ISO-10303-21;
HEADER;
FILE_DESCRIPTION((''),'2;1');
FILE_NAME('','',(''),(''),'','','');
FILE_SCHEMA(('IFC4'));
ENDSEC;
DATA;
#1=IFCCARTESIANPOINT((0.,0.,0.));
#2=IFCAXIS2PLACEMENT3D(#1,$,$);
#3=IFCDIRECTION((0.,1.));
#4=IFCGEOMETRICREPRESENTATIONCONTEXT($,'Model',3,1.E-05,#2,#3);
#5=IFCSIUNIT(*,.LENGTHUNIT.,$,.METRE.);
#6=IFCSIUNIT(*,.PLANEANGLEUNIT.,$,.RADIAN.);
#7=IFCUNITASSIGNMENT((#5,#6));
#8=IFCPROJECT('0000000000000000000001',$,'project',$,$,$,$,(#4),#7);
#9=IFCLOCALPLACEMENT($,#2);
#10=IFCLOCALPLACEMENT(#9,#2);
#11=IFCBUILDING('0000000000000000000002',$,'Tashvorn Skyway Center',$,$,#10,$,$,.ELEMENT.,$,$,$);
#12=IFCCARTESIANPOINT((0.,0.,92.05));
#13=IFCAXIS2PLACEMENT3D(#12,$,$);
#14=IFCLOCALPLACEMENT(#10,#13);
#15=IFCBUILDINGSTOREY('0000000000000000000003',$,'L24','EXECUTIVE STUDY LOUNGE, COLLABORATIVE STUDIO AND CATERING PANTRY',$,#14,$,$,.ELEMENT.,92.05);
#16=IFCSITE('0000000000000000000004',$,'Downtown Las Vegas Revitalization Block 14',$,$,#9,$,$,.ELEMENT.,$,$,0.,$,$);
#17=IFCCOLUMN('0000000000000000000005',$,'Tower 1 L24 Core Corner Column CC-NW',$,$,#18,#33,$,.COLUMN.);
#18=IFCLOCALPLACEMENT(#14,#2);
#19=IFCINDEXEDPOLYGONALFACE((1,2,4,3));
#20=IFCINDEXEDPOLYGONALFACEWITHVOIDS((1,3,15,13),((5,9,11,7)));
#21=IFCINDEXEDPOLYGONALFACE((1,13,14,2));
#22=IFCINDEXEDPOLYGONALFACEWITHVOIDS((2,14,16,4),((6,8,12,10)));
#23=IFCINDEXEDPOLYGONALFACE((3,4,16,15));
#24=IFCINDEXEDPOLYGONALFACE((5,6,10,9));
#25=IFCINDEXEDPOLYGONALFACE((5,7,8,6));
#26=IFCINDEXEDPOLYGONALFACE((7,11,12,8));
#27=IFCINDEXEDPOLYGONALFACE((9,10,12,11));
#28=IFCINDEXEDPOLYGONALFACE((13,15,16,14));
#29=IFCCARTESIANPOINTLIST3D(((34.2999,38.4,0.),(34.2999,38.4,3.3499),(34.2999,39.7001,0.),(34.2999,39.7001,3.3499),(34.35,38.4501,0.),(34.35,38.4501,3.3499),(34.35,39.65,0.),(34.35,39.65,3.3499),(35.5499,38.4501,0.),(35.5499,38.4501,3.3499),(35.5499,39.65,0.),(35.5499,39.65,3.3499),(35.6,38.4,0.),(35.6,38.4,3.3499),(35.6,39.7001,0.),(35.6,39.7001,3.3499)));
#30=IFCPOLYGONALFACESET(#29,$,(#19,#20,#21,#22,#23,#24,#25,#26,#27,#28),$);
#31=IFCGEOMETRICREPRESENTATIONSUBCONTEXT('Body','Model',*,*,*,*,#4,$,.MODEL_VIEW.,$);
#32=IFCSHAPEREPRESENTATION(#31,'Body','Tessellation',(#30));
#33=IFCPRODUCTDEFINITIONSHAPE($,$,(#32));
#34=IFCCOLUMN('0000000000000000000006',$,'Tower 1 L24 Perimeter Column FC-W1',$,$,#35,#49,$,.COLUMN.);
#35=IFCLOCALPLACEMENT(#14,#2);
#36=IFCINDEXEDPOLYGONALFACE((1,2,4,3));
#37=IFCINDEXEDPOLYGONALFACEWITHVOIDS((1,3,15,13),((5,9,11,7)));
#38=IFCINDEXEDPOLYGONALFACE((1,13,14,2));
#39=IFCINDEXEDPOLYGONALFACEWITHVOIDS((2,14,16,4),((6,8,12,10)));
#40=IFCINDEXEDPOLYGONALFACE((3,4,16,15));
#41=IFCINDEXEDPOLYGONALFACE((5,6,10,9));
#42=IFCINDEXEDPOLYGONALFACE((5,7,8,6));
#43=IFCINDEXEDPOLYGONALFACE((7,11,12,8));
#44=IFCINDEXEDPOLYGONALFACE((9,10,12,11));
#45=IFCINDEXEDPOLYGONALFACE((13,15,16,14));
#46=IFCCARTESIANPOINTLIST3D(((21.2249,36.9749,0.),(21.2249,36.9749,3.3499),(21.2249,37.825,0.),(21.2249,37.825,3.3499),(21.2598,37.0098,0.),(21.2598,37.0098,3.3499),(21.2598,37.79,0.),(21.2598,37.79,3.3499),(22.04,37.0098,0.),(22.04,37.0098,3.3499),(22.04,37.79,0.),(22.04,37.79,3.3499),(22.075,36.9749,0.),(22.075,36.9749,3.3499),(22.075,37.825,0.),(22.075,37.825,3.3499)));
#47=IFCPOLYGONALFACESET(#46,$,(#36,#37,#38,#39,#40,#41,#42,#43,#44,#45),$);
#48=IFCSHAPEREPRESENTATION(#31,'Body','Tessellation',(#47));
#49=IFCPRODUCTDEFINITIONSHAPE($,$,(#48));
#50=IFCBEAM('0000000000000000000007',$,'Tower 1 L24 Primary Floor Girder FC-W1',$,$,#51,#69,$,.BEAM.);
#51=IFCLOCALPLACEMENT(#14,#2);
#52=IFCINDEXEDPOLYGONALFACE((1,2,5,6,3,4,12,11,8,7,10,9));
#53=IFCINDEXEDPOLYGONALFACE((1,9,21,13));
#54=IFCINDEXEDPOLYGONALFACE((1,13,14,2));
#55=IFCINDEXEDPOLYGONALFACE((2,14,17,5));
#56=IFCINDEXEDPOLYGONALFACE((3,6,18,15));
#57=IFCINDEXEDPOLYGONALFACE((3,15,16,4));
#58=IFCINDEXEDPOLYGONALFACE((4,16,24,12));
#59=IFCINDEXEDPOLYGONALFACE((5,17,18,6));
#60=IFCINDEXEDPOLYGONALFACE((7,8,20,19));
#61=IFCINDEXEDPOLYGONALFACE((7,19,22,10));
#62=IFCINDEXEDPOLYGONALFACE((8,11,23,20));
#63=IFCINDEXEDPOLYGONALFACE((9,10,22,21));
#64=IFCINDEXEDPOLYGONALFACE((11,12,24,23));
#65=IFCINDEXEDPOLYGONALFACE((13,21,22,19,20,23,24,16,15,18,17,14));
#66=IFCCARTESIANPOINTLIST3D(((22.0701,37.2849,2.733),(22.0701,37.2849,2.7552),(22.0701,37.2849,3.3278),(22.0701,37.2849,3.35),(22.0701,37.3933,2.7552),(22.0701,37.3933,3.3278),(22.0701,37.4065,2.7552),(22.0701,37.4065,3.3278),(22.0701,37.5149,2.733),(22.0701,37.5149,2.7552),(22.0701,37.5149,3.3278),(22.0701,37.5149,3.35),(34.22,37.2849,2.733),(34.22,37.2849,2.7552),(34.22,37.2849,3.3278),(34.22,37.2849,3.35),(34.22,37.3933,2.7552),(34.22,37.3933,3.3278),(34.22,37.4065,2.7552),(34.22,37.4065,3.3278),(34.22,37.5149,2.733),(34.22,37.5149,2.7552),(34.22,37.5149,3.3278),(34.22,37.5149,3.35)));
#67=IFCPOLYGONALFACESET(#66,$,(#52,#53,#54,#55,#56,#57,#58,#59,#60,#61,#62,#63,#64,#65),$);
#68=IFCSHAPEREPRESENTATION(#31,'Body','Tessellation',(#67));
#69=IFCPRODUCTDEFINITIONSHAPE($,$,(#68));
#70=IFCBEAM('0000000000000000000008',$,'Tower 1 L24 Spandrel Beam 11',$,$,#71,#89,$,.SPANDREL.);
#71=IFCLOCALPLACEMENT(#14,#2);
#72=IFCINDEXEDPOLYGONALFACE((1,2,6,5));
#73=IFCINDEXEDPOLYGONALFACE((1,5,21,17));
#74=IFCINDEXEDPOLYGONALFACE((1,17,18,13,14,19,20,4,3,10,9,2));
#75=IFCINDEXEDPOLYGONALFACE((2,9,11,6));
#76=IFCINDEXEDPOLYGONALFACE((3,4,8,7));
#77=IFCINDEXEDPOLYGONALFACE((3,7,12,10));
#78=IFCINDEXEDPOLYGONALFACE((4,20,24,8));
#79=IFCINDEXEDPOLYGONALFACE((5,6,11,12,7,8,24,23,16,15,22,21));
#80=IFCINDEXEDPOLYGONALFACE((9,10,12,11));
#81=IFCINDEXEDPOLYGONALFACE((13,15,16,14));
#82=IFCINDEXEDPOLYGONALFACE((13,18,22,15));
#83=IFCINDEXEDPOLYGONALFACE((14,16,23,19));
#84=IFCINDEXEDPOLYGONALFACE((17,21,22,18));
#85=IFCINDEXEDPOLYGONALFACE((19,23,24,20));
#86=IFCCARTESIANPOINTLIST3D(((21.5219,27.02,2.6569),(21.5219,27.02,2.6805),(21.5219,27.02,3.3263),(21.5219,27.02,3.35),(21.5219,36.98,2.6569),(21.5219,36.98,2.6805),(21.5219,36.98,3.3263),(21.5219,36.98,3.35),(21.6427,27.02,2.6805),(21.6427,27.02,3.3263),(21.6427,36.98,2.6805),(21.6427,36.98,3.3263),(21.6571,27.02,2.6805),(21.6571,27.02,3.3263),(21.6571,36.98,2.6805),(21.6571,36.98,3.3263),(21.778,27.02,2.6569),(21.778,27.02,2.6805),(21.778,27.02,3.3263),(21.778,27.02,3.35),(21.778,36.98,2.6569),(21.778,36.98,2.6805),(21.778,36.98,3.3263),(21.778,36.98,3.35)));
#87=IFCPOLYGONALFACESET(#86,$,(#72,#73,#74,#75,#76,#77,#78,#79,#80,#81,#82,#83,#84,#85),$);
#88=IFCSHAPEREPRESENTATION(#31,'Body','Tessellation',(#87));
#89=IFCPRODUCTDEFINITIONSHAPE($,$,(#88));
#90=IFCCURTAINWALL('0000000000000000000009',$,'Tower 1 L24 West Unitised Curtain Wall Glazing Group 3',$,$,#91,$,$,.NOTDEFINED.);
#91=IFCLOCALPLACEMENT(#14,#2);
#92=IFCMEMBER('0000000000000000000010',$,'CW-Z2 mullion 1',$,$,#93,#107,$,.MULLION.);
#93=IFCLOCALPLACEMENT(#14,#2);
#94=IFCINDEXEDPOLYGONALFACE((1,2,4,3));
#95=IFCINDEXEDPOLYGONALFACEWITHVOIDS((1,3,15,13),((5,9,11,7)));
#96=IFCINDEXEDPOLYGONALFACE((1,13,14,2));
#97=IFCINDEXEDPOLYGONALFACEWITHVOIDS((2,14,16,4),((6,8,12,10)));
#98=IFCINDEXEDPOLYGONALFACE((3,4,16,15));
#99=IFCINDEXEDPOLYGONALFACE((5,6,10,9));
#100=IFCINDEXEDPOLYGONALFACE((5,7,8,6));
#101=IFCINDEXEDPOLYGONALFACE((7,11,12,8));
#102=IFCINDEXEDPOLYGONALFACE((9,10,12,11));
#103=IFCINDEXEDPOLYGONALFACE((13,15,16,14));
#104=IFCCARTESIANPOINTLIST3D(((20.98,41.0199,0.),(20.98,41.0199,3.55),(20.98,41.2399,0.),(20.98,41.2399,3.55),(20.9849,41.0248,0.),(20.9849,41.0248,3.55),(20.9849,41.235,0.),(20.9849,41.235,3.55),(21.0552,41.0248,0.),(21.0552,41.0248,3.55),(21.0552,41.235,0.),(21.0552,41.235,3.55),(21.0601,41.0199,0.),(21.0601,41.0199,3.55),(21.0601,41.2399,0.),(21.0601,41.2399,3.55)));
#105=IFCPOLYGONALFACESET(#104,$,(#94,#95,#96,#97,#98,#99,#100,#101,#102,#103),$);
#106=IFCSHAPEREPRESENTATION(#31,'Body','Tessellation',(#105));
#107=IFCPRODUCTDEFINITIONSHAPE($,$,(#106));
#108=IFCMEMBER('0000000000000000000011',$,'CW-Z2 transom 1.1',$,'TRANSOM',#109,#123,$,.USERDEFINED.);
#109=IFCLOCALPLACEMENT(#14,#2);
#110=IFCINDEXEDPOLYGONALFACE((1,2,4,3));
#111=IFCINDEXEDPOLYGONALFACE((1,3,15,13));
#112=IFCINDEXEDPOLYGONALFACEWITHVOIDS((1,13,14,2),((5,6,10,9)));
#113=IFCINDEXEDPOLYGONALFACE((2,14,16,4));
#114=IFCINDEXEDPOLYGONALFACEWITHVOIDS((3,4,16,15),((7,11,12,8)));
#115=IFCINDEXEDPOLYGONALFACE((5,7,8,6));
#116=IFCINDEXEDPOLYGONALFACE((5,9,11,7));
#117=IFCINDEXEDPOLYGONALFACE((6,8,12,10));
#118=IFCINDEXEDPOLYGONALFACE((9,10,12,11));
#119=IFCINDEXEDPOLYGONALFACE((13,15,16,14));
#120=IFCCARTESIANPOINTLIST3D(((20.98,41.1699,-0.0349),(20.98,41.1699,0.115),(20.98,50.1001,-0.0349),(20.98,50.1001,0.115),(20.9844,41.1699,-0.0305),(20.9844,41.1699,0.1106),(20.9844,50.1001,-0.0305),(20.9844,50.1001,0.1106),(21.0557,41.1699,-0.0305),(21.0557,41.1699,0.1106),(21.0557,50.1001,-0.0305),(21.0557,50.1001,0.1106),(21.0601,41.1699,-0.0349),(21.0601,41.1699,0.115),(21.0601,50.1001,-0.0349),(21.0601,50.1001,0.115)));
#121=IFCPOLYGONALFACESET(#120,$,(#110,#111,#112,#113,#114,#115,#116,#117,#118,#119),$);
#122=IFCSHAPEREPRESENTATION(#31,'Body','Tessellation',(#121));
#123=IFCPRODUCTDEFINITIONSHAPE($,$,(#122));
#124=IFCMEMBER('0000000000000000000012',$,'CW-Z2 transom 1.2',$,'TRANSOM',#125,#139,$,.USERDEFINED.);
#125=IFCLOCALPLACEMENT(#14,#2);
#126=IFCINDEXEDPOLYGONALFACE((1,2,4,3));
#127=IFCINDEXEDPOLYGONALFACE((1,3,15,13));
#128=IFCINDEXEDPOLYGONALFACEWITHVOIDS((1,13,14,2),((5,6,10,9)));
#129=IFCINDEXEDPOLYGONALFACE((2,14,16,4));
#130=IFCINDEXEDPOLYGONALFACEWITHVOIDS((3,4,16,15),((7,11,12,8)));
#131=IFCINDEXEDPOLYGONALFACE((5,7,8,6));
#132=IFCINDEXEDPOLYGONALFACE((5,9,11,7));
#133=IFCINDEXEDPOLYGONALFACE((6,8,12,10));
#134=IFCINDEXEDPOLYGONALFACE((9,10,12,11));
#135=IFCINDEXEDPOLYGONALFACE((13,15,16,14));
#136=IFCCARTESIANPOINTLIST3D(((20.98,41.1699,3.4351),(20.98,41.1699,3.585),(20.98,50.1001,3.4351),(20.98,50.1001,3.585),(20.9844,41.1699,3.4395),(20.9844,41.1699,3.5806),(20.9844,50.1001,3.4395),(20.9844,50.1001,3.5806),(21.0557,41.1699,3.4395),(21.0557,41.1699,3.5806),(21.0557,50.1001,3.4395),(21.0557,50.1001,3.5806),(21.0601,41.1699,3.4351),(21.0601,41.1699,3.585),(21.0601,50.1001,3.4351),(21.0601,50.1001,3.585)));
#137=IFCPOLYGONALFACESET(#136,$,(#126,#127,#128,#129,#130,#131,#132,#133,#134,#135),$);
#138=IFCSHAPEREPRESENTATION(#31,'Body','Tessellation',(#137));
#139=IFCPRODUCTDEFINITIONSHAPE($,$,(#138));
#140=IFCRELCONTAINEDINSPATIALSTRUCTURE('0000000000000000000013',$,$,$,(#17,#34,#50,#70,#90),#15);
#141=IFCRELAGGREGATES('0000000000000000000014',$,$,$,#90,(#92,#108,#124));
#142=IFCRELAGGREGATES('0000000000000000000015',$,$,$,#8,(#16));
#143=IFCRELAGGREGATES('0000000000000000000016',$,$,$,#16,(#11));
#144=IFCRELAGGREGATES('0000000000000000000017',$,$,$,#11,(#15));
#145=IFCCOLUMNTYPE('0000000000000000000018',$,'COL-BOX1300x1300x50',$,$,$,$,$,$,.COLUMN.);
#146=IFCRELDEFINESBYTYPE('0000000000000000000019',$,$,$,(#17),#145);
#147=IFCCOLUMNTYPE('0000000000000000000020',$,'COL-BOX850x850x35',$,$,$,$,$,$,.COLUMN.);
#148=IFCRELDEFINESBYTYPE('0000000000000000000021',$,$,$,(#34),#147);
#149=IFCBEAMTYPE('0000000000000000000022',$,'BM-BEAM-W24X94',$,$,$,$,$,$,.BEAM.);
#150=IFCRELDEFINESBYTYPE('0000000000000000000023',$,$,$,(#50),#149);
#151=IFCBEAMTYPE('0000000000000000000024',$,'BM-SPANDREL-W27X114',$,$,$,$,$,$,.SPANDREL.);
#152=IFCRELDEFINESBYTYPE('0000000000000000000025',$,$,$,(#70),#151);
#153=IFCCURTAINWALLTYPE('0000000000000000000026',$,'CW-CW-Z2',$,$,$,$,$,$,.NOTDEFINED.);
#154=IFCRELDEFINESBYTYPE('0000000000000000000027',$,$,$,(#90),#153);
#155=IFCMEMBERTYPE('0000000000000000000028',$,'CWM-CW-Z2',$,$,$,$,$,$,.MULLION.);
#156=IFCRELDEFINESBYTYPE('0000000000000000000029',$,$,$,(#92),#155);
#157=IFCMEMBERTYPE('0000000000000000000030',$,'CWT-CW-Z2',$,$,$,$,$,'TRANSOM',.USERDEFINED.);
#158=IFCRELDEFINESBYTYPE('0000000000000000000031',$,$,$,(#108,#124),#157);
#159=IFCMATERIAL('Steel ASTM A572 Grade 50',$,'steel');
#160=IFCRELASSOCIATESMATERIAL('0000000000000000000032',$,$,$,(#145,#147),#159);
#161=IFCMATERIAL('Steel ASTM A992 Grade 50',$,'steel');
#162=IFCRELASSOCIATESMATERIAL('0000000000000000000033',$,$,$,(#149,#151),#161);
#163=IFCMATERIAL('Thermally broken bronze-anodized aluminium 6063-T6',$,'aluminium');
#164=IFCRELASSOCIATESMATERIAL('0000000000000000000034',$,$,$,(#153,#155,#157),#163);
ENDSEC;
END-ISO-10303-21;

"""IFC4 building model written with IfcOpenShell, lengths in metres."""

from ifc_helpers import new_model, si_unit, direction, frame, origin, origin_2d, place, context, subcontext, project, spatial, hollow_rectangle, i_section, extrude, material, material_profile, profile_set, type_object, element, aggregate, save


model = new_model("IFC4")

# Units and contexts
model_context = context("Model", 3, precision=1e-05, world=origin(), true_north=direction((0.0, 1.0)))
body_context = subcontext(model_context, "Body", "Model", "MODEL_VIEW")
ifc_project = project(units=[si_unit("LENGTHUNIT", "METRE"), si_unit("PLANEANGLEUNIT", "RADIAN")], contexts=[model_context])

# Site, building, storey
site_placement = place(None, origin())
site = spatial("IfcSite", under=ifc_project, at=site_placement, Name="Downtown Las Vegas Revitalization Block 14", CompositionType="ELEMENT", RefElevation=0.0)
building_placement = place(site_placement, origin())
building = spatial("IfcBuilding", under=site, at=building_placement, Name="Tashvorn Skyway Center", CompositionType="ELEMENT")
storey_placement = place(building_placement, frame((0.0, 0.0, 92.05)))
storey = spatial("IfcBuildingStorey", under=building, at=storey_placement, Name="L24", Description="EXECUTIVE STUDY LOUNGE, COLLABORATIVE STUDIO AND CATERING PANTRY", CompositionType="ELEMENT", Elevation=92.05)

# Columns
ifc_material_1 = material(Name="Steel ASTM A572 Grade 50", Category="steel")
ifc_material_profile_1 = material_profile(ifc_material_1, hollow_rectangle(XDim=1.3, YDim=1.3, WallThickness=0.05, at=origin_2d()), Name="BOX1300x1300x50")
ifc_profile_set_1 = profile_set([ifc_material_profile_1], Name="Steel ASTM A572 Grade 50")
column_type_1 = type_object("IfcColumnType", Name="COL-BOX1300x1300x50", PredefinedType="COLUMN", material=ifc_profile_set_1)
column_1_placement = place(storey_placement, frame((34.95, 39.05, 0.0), z_axis=(0.0, 0.0, 1.0), x_axis=(1.0, 0.0, 0.0)))
element("IfcColumn", 1, at=column_1_placement, inside=storey, type_object=column_type_1, Name="Tower 1 L24 Core Corner Column CC-NW", PredefinedType="COLUMN", context=body_context, shape_type="SweptSolid", body=[
    extrude(hollow_rectangle(XDim=1.3, YDim=1.3, WallThickness=0.05, at=origin_2d()), origin(), (0.0, 0.0, 1.0), 3.3499),
])
ifc_material_profile_2 = material_profile(ifc_material_1, hollow_rectangle(XDim=0.8501, YDim=0.8501, WallThickness=0.0349, at=origin_2d()), Name="BOX850x850x35")
ifc_profile_set_2 = profile_set([ifc_material_profile_2], Name="Steel ASTM A572 Grade 50")
column_type_2 = type_object("IfcColumnType", Name="COL-BOX850x850x35", PredefinedType="COLUMN", material=ifc_profile_set_2)
column_2_placement = place(storey_placement, frame((21.6499, 37.3999, 0.0), z_axis=(0.0, 0.0, 1.0), x_axis=(1.0, 0.0, 0.0)))
element("IfcColumn", 2, at=column_2_placement, inside=storey, type_object=column_type_2, Name="Tower 1 L24 Perimeter Column FC-W1", PredefinedType="COLUMN", context=body_context, shape_type="SweptSolid", body=[
    extrude(hollow_rectangle(XDim=0.8501, YDim=0.8501, WallThickness=0.0349, at=origin_2d()), origin(), (0.0, 0.0, 1.0), 3.3499),
])

# Beams
ifc_material_2 = material(Name="Steel ASTM A992 Grade 50", Category="steel")
ifc_material_profile_3 = material_profile(ifc_material_2, i_section(OverallWidth=0.23, OverallDepth=0.6169, WebThickness=0.0132, FlangeThickness=0.0222, at=origin_2d()), Name="W24X94")
ifc_profile_set_3 = profile_set([ifc_material_profile_3], Name="Steel ASTM A992 Grade 50")
beam_type_1 = type_object("IfcBeamType", Name="BM-BEAM-W24X94", PredefinedType="BEAM", material=ifc_profile_set_3)
beam_1_placement = place(storey_placement, frame((22.0701, 37.3999, 3.0415), z_axis=(1.0, 0.0, 0.0), x_axis=(0.0, 1.0, 0.0)))
element("IfcBeam", 3, at=beam_1_placement, inside=storey, type_object=beam_type_1, Name="Tower 1 L24 Primary Floor Girder FC-W1", PredefinedType="BEAM", context=body_context, shape_type="SweptSolid", body=[
    extrude(i_section(OverallWidth=0.23, OverallDepth=0.6169, WebThickness=0.0132, FlangeThickness=0.0222, at=origin_2d()), origin(), (0.0, 0.0, 1.0), 12.1499),
])
ifc_material_profile_4 = material_profile(ifc_material_2, i_section(OverallWidth=0.2561, OverallDepth=0.6931, WebThickness=0.0144, FlangeThickness=0.0237, at=origin_2d()), Name="W27X114")
ifc_profile_set_4 = profile_set([ifc_material_profile_4], Name="Steel ASTM A992 Grade 50")
beam_type_2 = type_object("IfcBeamType", Name="BM-SPANDREL-W27X114", PredefinedType="SPANDREL", material=ifc_profile_set_4)
beam_2_placement = place(storey_placement, frame((21.6499, 36.98, 3.0034), z_axis=(0.0, -1.0, 0.0), x_axis=(1.0, 0.0, 0.0)))
element("IfcBeam", 4, at=beam_2_placement, inside=storey, type_object=beam_type_2, Name="Tower 1 L24 Spandrel Beam 11", PredefinedType="SPANDREL", context=body_context, shape_type="SweptSolid", body=[
    extrude(i_section(OverallWidth=0.2561, OverallDepth=0.6931, WebThickness=0.0144, FlangeThickness=0.0237, at=origin_2d()), origin(), (0.0, 0.0, 1.0), 9.96),
])

# Curtain wall, members
ifc_material_3 = material(Name="Thermally broken bronze-anodized aluminium 6063-T6", Category="aluminium")
curtain_wall_type = type_object("IfcCurtainWallType", Name="CW-CW-Z2", PredefinedType="NOTDEFINED", material=ifc_material_3)
curtain_wall_placement = place(storey_placement, origin())
curtain_wall = element("IfcCurtainWall", 5, at=curtain_wall_placement, inside=storey, type_object=curtain_wall_type, Name="Tower 1 L24 West Unitised Curtain Wall Glazing Group 3", PredefinedType="NOTDEFINED")
ifc_material_profile_5 = material_profile(ifc_material_3, hollow_rectangle(XDim=0.0801, YDim=0.22, WallThickness=0.0049, at=origin_2d()), Name="ALU-MULL-80x220")
ifc_profile_set_5 = profile_set([ifc_material_profile_5], Name="Thermally broken bronze-anodized aluminium 6063-T6")
member_type_1 = type_object("IfcMemberType", Name="CWM-CW-Z2", PredefinedType="MULLION", material=ifc_profile_set_5)
member_1_placement = place(storey_placement, frame((21.02, 41.1299, 0.0), z_axis=(0.0, 0.0, 1.0), x_axis=(-1.0, 0.0, 0.0)))
member_1 = element("IfcMember", 6, at=member_1_placement, type_object=member_type_1, Name="CW-Z2 mullion 1", PredefinedType="MULLION", context=body_context, shape_type="SweptSolid", body=[
    extrude(hollow_rectangle(XDim=0.0801, YDim=0.22, WallThickness=0.0049, at=origin_2d()), origin(), (0.0, 0.0, 1.0), 3.55),
])
ifc_material_profile_6 = material_profile(ifc_material_3, hollow_rectangle(XDim=0.0801, YDim=0.1499, WallThickness=0.0044, at=origin_2d()), Name="ALU-TRAN-80x150")
ifc_profile_set_6 = profile_set([ifc_material_profile_6], Name="Thermally broken bronze-anodized aluminium 6063-T6")
member_type_2 = type_object("IfcMemberType", Name="CWT-CW-Z2", ElementType="TRANSOM", PredefinedType="USERDEFINED", material=ifc_profile_set_6)
member_2_placement = place(storey_placement, frame((21.02, 41.1699, 0.04), z_axis=(0.0, 1.0, 0.0), x_axis=(-1.0, 0.0, 0.0)))
member_2 = element("IfcMember", 7, at=member_2_placement, type_object=member_type_2, Name="CW-Z2 transom 1.1", ObjectType="TRANSOM", PredefinedType="USERDEFINED", context=body_context, shape_type="SweptSolid", body=[
    extrude(hollow_rectangle(XDim=0.0801, YDim=0.1499, WallThickness=0.0044, at=origin_2d()), origin(), (0.0, 0.0, 1.0), 8.9302),
])
member_3_placement = place(storey_placement, frame((21.02, 41.1699, 3.51), z_axis=(0.0, 1.0, 0.0), x_axis=(-1.0, 0.0, 0.0)))
member_3 = element("IfcMember", 8, at=member_3_placement, type_object=member_type_2, Name="CW-Z2 transom 1.2", ObjectType="TRANSOM", PredefinedType="USERDEFINED", context=body_context, shape_type="SweptSolid", body=[
    extrude(hollow_rectangle(XDim=0.0801, YDim=0.1499, WallThickness=0.0044, at=origin_2d()), origin(), (0.0, 0.0, 1.0), 8.9302),
])
aggregate(curtain_wall, [member_1, member_2, member_3])

save(model, "model.ifc")
